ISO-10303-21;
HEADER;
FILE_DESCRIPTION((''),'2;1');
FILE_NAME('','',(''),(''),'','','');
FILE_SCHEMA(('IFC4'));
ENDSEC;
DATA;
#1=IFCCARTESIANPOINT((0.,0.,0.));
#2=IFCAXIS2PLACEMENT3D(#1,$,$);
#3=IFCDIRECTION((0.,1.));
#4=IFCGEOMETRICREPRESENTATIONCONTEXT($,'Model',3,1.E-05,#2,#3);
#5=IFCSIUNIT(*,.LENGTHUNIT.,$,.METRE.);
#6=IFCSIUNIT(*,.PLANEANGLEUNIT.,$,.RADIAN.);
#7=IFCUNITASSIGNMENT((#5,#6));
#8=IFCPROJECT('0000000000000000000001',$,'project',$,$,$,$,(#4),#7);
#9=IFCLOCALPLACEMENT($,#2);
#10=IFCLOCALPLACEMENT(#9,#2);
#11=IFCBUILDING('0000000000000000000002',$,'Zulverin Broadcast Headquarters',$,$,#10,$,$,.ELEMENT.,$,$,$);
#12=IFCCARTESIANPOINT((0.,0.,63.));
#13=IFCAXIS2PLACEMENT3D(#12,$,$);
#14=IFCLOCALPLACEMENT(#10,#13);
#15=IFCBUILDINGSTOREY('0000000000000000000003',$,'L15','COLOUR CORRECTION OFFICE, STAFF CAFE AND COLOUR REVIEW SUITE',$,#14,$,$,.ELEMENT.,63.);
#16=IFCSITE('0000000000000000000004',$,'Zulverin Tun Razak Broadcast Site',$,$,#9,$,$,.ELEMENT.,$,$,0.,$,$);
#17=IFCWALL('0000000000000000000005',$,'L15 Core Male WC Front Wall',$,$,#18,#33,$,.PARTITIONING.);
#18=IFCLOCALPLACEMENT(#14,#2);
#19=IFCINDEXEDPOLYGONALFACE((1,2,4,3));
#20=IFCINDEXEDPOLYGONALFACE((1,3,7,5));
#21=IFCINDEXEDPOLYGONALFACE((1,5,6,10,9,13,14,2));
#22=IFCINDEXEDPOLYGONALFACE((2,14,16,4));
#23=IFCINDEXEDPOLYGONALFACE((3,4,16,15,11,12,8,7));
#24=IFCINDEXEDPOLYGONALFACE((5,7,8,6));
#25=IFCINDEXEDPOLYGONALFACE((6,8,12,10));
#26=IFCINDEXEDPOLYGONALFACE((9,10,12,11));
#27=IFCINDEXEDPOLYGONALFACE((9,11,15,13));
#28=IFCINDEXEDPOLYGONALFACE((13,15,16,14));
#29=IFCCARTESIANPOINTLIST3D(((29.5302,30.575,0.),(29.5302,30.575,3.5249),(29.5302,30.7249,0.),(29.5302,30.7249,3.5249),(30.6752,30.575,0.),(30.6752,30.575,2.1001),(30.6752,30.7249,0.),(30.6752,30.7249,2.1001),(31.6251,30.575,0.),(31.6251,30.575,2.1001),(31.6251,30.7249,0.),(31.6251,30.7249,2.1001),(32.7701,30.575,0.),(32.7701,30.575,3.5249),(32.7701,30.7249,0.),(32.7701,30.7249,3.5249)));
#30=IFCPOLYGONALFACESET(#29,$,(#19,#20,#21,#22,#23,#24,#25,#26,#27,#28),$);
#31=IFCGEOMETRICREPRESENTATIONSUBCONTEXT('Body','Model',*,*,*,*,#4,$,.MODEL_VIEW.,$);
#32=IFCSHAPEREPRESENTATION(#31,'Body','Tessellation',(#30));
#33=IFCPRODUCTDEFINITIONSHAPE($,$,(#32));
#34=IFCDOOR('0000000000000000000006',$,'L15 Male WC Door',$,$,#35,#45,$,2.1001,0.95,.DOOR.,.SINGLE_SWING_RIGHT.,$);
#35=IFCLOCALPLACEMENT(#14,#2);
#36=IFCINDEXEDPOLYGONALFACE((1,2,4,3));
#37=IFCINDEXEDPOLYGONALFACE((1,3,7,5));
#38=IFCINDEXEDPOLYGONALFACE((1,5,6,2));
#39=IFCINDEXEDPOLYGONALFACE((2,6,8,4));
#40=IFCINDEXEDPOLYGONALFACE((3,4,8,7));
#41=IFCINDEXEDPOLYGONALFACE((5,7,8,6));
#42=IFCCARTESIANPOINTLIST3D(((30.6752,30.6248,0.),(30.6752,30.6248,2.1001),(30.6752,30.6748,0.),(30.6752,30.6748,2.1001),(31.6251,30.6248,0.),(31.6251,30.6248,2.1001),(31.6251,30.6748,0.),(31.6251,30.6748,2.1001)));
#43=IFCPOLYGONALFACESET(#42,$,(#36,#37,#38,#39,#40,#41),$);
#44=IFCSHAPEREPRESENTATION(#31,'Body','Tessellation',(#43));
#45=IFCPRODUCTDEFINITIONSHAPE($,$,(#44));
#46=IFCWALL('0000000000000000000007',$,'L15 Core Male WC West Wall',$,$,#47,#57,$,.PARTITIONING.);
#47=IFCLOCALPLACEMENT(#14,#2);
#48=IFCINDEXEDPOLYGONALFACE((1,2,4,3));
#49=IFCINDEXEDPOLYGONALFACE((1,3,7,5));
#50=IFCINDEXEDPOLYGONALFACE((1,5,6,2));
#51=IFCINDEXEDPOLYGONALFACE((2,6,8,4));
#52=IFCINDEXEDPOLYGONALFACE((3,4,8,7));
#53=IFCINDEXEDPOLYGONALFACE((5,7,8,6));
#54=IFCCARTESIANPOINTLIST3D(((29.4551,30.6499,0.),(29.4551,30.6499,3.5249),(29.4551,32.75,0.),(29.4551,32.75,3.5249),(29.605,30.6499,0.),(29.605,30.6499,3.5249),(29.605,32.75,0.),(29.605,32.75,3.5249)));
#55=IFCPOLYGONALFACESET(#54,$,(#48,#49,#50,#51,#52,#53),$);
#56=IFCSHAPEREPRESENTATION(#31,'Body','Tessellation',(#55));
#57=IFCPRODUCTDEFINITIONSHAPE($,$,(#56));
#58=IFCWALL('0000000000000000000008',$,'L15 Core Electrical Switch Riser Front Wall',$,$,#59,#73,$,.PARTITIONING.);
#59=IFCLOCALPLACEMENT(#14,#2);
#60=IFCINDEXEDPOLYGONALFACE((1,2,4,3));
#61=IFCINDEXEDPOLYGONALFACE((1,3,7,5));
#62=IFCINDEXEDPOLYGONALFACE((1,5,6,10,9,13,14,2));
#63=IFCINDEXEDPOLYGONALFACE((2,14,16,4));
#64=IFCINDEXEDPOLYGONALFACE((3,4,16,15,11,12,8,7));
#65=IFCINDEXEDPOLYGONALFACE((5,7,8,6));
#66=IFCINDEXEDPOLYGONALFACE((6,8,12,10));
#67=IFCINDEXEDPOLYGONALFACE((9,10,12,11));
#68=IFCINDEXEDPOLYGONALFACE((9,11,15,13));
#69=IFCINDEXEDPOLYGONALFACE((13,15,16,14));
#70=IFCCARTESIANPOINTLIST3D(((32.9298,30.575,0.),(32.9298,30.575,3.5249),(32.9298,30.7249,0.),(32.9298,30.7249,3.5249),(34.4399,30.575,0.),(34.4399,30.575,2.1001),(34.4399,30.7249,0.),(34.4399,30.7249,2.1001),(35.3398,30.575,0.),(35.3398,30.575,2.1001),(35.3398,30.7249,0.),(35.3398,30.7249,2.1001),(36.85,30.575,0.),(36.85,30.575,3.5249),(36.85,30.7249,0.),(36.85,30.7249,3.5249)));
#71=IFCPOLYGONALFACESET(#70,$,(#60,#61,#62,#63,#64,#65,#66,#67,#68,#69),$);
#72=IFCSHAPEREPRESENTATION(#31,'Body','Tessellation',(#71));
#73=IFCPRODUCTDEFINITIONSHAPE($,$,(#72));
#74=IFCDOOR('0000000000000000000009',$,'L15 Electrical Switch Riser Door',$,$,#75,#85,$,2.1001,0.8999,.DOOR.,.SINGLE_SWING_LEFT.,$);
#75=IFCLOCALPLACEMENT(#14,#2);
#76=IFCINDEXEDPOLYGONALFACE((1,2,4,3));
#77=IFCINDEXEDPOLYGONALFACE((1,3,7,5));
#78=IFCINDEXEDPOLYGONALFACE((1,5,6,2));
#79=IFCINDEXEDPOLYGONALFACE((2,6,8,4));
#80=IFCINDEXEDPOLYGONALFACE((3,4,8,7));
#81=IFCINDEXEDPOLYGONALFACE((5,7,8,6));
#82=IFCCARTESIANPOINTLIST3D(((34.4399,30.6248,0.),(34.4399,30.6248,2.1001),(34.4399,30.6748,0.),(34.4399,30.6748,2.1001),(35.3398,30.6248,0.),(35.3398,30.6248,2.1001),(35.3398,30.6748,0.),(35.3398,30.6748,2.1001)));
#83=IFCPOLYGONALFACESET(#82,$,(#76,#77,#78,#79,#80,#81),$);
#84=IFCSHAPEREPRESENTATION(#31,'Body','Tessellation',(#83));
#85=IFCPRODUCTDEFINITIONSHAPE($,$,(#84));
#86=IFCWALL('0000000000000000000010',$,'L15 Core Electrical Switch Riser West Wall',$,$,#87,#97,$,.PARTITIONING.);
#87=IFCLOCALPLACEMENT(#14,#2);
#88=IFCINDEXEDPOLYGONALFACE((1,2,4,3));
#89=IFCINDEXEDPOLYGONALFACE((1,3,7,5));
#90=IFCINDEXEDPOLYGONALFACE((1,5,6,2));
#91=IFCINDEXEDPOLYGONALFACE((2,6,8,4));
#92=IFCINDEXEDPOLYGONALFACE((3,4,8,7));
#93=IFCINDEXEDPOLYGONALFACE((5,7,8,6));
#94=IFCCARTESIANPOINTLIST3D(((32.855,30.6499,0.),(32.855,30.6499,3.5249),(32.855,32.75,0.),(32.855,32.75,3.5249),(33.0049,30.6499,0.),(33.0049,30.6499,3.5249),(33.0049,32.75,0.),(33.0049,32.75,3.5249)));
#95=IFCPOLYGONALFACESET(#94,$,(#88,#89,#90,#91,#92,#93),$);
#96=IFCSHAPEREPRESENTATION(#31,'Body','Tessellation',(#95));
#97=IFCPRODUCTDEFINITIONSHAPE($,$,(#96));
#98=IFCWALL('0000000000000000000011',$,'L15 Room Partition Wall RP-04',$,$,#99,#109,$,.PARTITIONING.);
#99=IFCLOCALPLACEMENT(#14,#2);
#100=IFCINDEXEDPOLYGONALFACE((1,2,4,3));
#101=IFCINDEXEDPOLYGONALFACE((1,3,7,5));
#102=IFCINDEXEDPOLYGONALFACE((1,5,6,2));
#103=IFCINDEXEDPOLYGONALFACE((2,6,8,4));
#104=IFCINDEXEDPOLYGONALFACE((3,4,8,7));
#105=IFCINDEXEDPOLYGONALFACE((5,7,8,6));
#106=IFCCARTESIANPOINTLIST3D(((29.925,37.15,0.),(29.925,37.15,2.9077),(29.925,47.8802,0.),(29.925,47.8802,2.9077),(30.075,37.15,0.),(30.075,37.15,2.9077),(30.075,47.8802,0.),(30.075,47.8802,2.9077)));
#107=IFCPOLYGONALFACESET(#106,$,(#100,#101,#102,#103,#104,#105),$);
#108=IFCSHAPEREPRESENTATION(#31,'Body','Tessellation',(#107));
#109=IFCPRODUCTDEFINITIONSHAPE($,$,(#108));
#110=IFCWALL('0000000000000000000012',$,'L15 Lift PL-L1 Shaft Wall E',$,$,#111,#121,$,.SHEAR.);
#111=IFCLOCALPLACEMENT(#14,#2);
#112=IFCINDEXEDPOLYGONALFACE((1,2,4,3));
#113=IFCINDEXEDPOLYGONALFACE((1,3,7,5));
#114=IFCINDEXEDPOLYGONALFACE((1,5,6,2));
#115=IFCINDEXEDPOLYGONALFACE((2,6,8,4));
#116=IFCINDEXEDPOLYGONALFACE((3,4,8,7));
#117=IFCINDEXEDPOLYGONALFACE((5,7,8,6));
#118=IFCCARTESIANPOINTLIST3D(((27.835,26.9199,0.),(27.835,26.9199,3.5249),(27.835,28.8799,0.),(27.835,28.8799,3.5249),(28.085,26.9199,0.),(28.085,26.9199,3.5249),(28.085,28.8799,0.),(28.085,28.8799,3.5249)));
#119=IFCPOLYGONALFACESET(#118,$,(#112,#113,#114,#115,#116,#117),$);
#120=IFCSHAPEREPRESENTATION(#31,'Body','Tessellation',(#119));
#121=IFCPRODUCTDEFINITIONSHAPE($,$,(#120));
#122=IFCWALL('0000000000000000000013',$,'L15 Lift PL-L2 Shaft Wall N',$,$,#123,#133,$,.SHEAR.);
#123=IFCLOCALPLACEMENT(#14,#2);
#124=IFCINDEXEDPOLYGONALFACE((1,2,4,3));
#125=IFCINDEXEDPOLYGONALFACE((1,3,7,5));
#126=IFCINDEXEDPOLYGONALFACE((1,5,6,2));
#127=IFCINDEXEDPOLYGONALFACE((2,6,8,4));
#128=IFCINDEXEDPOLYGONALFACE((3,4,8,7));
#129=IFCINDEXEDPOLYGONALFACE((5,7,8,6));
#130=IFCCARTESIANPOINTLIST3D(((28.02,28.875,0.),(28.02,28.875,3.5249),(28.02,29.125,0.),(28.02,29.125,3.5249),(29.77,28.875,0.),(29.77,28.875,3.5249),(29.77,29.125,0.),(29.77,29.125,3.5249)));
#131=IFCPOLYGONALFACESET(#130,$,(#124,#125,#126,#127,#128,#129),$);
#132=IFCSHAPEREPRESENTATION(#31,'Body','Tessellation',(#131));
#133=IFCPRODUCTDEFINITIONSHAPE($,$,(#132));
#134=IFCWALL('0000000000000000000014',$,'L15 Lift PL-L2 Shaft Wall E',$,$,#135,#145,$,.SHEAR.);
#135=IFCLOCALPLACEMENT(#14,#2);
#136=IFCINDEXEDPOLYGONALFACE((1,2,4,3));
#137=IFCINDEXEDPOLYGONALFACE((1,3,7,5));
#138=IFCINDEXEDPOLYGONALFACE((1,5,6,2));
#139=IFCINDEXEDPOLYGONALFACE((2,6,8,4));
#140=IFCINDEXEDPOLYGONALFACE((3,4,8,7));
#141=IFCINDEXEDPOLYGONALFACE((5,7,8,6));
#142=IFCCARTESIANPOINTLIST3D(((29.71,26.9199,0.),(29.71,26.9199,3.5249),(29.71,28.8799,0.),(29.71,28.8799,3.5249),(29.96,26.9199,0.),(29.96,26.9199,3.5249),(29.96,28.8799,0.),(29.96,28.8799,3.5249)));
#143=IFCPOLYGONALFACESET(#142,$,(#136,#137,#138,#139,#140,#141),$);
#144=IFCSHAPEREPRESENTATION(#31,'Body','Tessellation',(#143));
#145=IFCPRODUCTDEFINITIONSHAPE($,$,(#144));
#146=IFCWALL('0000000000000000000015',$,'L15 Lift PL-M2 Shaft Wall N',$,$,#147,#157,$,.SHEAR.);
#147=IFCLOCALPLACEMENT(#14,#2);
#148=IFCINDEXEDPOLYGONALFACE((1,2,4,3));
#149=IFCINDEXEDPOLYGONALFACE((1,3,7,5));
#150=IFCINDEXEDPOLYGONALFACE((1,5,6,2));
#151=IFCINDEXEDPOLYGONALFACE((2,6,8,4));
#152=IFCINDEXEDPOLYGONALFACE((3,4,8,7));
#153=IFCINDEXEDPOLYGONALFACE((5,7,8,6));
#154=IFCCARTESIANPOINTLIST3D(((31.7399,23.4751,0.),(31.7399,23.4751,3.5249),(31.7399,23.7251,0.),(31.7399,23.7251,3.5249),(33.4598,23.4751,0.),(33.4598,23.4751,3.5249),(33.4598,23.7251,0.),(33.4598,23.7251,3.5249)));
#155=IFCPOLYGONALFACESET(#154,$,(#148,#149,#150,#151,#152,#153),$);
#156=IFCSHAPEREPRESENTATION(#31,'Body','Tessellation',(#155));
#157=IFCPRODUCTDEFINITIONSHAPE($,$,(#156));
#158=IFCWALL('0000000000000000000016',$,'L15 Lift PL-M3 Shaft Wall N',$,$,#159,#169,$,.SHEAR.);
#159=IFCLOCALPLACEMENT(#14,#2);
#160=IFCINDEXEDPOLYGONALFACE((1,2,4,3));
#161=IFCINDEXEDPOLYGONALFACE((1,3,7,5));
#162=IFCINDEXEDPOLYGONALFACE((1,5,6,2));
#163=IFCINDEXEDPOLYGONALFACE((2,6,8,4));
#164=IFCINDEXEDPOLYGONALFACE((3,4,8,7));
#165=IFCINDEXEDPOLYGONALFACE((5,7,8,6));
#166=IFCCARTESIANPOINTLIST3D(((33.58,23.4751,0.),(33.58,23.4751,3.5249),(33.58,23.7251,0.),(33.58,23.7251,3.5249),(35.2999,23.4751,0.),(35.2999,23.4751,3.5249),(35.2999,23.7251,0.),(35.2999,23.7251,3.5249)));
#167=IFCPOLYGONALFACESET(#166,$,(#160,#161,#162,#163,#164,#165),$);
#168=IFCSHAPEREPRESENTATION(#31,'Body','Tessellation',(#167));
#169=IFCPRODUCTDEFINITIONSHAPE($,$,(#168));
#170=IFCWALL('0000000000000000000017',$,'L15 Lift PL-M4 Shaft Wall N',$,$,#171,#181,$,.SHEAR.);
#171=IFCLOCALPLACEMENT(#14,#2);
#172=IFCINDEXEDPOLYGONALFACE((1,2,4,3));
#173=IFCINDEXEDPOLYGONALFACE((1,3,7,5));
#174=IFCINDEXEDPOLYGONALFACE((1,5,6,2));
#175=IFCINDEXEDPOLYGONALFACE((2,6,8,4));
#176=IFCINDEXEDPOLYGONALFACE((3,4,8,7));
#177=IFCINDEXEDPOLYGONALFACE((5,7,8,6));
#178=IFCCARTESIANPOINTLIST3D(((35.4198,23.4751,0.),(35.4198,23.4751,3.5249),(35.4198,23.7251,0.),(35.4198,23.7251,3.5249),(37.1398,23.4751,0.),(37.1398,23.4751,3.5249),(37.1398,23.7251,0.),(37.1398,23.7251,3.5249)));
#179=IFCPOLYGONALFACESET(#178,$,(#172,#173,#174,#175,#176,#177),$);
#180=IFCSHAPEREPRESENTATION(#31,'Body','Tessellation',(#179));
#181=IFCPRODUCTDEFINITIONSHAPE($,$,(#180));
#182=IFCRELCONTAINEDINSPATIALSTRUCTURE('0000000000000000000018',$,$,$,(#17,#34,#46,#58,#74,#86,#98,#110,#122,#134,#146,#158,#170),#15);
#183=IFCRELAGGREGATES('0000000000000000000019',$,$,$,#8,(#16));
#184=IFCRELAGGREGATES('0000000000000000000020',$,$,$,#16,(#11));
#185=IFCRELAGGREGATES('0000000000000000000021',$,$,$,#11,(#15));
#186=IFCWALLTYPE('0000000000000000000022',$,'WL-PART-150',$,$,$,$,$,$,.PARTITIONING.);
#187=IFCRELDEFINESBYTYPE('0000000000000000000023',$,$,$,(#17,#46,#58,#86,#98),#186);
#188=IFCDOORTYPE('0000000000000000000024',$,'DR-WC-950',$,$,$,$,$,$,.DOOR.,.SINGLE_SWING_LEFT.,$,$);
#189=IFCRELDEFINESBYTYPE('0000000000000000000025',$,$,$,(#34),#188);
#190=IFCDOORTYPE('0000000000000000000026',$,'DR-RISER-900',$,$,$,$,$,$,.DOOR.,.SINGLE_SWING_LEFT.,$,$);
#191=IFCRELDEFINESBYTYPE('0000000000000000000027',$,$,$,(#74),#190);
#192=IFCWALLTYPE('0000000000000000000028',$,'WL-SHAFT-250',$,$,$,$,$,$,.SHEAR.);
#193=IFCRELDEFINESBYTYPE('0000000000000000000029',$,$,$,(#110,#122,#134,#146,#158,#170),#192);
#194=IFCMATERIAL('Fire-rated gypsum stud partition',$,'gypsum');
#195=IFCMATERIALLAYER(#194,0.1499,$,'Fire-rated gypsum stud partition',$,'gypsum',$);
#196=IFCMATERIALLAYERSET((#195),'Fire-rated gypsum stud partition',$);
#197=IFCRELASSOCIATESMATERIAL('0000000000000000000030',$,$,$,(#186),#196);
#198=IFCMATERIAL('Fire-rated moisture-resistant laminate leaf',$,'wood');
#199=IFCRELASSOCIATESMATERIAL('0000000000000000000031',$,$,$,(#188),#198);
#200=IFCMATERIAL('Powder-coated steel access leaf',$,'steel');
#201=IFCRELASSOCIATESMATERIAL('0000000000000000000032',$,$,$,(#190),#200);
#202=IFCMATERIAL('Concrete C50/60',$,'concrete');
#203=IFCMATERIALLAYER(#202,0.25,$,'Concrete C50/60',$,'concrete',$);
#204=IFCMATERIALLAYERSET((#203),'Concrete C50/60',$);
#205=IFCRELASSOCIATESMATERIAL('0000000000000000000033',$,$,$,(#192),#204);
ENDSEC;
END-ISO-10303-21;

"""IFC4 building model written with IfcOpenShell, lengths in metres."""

from ifc_helpers import new_model, si_unit, direction, frame, frame_2d, origin, place, context, subcontext, project, spatial, rectangle, extrude, material, layer, layer_set, type_object, element, fill, save


model = new_model("IFC4")

# Units and contexts
model_context = context("Model", 3, precision=1e-05, world=origin(), true_north=direction((0.0, 1.0)))
body_context = subcontext(model_context, "Body", "Model", "MODEL_VIEW")
ifc_project = project(units=[si_unit("LENGTHUNIT", "METRE"), si_unit("PLANEANGLEUNIT", "RADIAN")], contexts=[model_context])

# Site, building, storey
site_placement = place(None, origin())
site = spatial("IfcSite", under=ifc_project, at=site_placement, Name="Zulverin Tun Razak Broadcast Site", CompositionType="ELEMENT", RefElevation=0.0)
building_placement = place(site_placement, origin())
building = spatial("IfcBuilding", under=site, at=building_placement, Name="Zulverin Broadcast Headquarters", CompositionType="ELEMENT")
storey_placement = place(building_placement, frame((0.0, 0.0, 63.0)))
storey = spatial("IfcBuildingStorey", under=building, at=storey_placement, Name="L15", Description="COLOUR CORRECTION OFFICE, STAFF CAFE AND COLOUR REVIEW SUITE", CompositionType="ELEMENT", Elevation=63.0)

# Wall, opening, door
ifc_material_1 = material(Name="Fire-rated gypsum stud partition", Category="gypsum")
ifc_layer_1 = layer(ifc_material_1, 0.1499, Name="Fire-rated gypsum stud partition", Category="gypsum")
ifc_layer_set_1 = layer_set([ifc_layer_1], Name="Fire-rated gypsum stud partition")
wall_type_1 = type_object("IfcWallType", Name="WL-PART-150", PredefinedType="PARTITIONING", material=ifc_layer_set_1)
wall_1_placement = place(storey_placement, frame((29.53, 30.6499, 0.0), z_axis=(0.0, 0.0, 1.0), x_axis=(1.0, 0.0, 0.0)))
wall_1 = element("IfcWall", 1, at=wall_1_placement, inside=storey, type_object=wall_type_1, Name="L15 Core Male WC Front Wall", PredefinedType="PARTITIONING", context=body_context, shape_type="SweptSolid", body=[
    extrude(rectangle(XDim=3.24, YDim=0.1499, at=frame_2d((1.6201, 0.0))), origin(), (0.0, 0.0, 1.0), 3.5249),
])
opening_1_placement = place(wall_1_placement, frame((1.145, 0.0, 0.0)))
opening_1 = element("IfcOpeningElement", 2, at=opening_1_placement, cuts=wall_1, PredefinedType="OPENING", context=body_context, shape_type="SweptSolid", body=[
    extrude(rectangle(XDim=0.95, YDim=2.1001, at=frame_2d((0.4751, 1.05))), frame((0.0, 0.085, 0.0), z_axis=(0.0, -1.0, 0.0), x_axis=(1.0, 0.0, 0.0)), (0.0, 0.0, 1.0), 0.1699),
])
ifc_material_2 = material(Name="Fire-rated moisture-resistant laminate leaf", Category="wood")
door_type_1 = type_object("IfcDoorType", Name="DR-WC-950", OperationType="SINGLE_SWING_LEFT", PredefinedType="DOOR", material=ifc_material_2)
door_1_placement = place(opening_1_placement, origin())
door_1 = element("IfcDoor", 3, at=door_1_placement, inside=storey, type_object=door_type_1, Name="L15 Male WC Door", OperationType="SINGLE_SWING_RIGHT", OverallHeight=2.1001, OverallWidth=0.95, PredefinedType="DOOR", context=body_context, shape_type="SweptSolid", body=[
    extrude(rectangle(XDim=0.95, YDim=2.1001, at=frame_2d((0.4751, 1.05))), frame((0.0, 0.0249, 0.0), z_axis=(0.0, -1.0, 0.0), x_axis=(1.0, 0.0, 0.0)), (0.0, 0.0, 1.0), 0.05),
])
fill(opening_1, door_1)

# Wall
wall_2_placement = place(storey_placement, frame((29.53, 30.6499, 0.0), z_axis=(0.0, 0.0, 1.0), x_axis=(0.0, 1.0, 0.0)))
element("IfcWall", 4, at=wall_2_placement, inside=storey, type_object=wall_type_1, Name="L15 Core Male WC West Wall", PredefinedType="PARTITIONING", context=body_context, shape_type="SweptSolid", body=[
    extrude(rectangle(XDim=2.1001, YDim=0.1499, at=frame_2d((1.05, 0.0))), origin(), (0.0, 0.0, 1.0), 3.5249),
])

# Wall, opening, door
wall_3_placement = place(storey_placement, frame((32.9299, 30.6499, 0.0), z_axis=(0.0, 0.0, 1.0), x_axis=(1.0, 0.0, 0.0)))
wall_3 = element("IfcWall", 5, at=wall_3_placement, inside=storey, type_object=wall_type_1, Name="L15 Core Electrical Switch Riser Front Wall", PredefinedType="PARTITIONING", context=body_context, shape_type="SweptSolid", body=[
    extrude(rectangle(XDim=3.9202, YDim=0.1499, at=frame_2d((1.96, 0.0))), origin(), (0.0, 0.0, 1.0), 3.5249),
])
opening_2_placement = place(wall_3_placement, frame((1.51, 0.0, 0.0)))
opening_2 = element("IfcOpeningElement", 6, at=opening_2_placement, cuts=wall_3, PredefinedType="OPENING", context=body_context, shape_type="SweptSolid", body=[
    extrude(rectangle(XDim=0.8999, YDim=2.1001, at=frame_2d((0.45, 1.05))), frame((0.0, 0.085, 0.0), z_axis=(0.0, -1.0, 0.0), x_axis=(1.0, 0.0, 0.0)), (0.0, 0.0, 1.0), 0.1699),
])
ifc_material_3 = material(Name="Powder-coated steel access leaf", Category="steel")
door_type_2 = type_object("IfcDoorType", Name="DR-RISER-900", OperationType="SINGLE_SWING_LEFT", PredefinedType="DOOR", material=ifc_material_3)
door_2_placement = place(opening_2_placement, origin())
door_2 = element("IfcDoor", 7, at=door_2_placement, inside=storey, type_object=door_type_2, Name="L15 Electrical Switch Riser Door", OperationType="SINGLE_SWING_LEFT", OverallHeight=2.1001, OverallWidth=0.8999, PredefinedType="DOOR", context=body_context, shape_type="SweptSolid", body=[
    extrude(rectangle(XDim=0.8999, YDim=2.1001, at=frame_2d((0.45, 1.05))), frame((0.0, 0.0249, 0.0), z_axis=(0.0, -1.0, 0.0), x_axis=(1.0, 0.0, 0.0)), (0.0, 0.0, 1.0), 0.05),
])
fill(opening_2, door_2)

# Walls
wall_4_placement = place(storey_placement, frame((32.9299, 30.6499, 0.0), z_axis=(0.0, 0.0, 1.0), x_axis=(0.0, 1.0, 0.0)))
element("IfcWall", 8, at=wall_4_placement, inside=storey, type_object=wall_type_1, Name="L15 Core Electrical Switch Riser West Wall", PredefinedType="PARTITIONING", context=body_context, shape_type="SweptSolid", body=[
    extrude(rectangle(XDim=2.1001, YDim=0.1499, at=frame_2d((1.05, 0.0))), origin(), (0.0, 0.0, 1.0), 3.5249),
])
wall_5_placement = place(storey_placement, frame((30.0, 37.1499, 0.0), z_axis=(0.0, 0.0, 1.0), x_axis=(0.0, 1.0, 0.0)))
element("IfcWall", 9, at=wall_5_placement, inside=storey, type_object=wall_type_1, Name="L15 Room Partition Wall RP-04", PredefinedType="PARTITIONING", context=body_context, shape_type="SweptSolid", body=[
    extrude(rectangle(XDim=10.7302, YDim=0.1499, at=frame_2d((5.3652, 0.0))), origin(), (0.0, 0.0, 1.0), 2.9077),
])
ifc_material_4 = material(Name="Concrete C50/60", Category="concrete")
ifc_layer_2 = layer(ifc_material_4, 0.25, Name="Concrete C50/60", Category="concrete")
ifc_layer_set_2 = layer_set([ifc_layer_2], Name="Concrete C50/60")
wall_type_2 = type_object("IfcWallType", Name="WL-SHAFT-250", PredefinedType="SHEAR", material=ifc_layer_set_2)
wall_6_placement = place(storey_placement, frame((27.96, 26.9199, 0.0), z_axis=(0.0, 0.0, 1.0), x_axis=(0.0, 1.0, 0.0)))
element("IfcWall", 10, at=wall_6_placement, inside=storey, type_object=wall_type_2, Name="L15 Lift PL-L1 Shaft Wall E", PredefinedType="SHEAR", context=body_context, shape_type="SweptSolid", body=[
    extrude(rectangle(XDim=1.96, YDim=0.25, at=frame_2d((0.98, 0.0))), origin(), (0.0, 0.0, 1.0), 3.5249),
])

# Walls
wall_7_placement = place(storey_placement, frame((28.02, 29.0, 0.0), z_axis=(0.0, 0.0, 1.0), x_axis=(1.0, 0.0, 0.0)))
element("IfcWall", 11, at=wall_7_placement, inside=storey, type_object=wall_type_2, Name="L15 Lift PL-L2 Shaft Wall N", PredefinedType="SHEAR", context=body_context, shape_type="SweptSolid", body=[
    extrude(rectangle(XDim=1.75, YDim=0.25, at=frame_2d((0.875, 0.0))), origin(), (0.0, 0.0, 1.0), 3.5249),
])
wall_8_placement = place(storey_placement, frame((29.835, 26.9199, 0.0), z_axis=(0.0, 0.0, 1.0), x_axis=(0.0, 1.0, 0.0)))
element("IfcWall", 12, at=wall_8_placement, inside=storey, type_object=wall_type_2, Name="L15 Lift PL-L2 Shaft Wall E", PredefinedType="SHEAR", context=body_context, shape_type="SweptSolid", body=[
    extrude(rectangle(XDim=1.96, YDim=0.25, at=frame_2d((0.98, 0.0))), origin(), (0.0, 0.0, 1.0), 3.5249),
])
for number, where, z_axis, x_axis, name in (
    (13, (31.74, 23.6001, 0.0), (0.0, 0.0, 1.0), (1.0, 0.0, 0.0), "L15 Lift PL-M2 Shaft Wall N"),
    (14, (33.5801, 23.6001, 0.0), (0.0, 0.0, 1.0), (1.0, 0.0, 0.0), "L15 Lift PL-M3 Shaft Wall N"),
    (15, (35.4199, 23.6001, 0.0), (0.0, 0.0, 1.0), (1.0, 0.0, 0.0), "L15 Lift PL-M4 Shaft Wall N"),
):
    element("IfcWall", number, at=place(storey_placement, frame(where, z_axis=z_axis, x_axis=x_axis)), inside=storey, type_object=wall_type_2, Name=name, PredefinedType="SHEAR", context=body_context, shape_type="SweptSolid", body=[
        extrude(rectangle(XDim=1.72, YDim=0.25, at=frame_2d((0.8599, 0.0))), origin(), (0.0, 0.0, 1.0), 3.5249),
    ])

save(model, "model.ifc")
